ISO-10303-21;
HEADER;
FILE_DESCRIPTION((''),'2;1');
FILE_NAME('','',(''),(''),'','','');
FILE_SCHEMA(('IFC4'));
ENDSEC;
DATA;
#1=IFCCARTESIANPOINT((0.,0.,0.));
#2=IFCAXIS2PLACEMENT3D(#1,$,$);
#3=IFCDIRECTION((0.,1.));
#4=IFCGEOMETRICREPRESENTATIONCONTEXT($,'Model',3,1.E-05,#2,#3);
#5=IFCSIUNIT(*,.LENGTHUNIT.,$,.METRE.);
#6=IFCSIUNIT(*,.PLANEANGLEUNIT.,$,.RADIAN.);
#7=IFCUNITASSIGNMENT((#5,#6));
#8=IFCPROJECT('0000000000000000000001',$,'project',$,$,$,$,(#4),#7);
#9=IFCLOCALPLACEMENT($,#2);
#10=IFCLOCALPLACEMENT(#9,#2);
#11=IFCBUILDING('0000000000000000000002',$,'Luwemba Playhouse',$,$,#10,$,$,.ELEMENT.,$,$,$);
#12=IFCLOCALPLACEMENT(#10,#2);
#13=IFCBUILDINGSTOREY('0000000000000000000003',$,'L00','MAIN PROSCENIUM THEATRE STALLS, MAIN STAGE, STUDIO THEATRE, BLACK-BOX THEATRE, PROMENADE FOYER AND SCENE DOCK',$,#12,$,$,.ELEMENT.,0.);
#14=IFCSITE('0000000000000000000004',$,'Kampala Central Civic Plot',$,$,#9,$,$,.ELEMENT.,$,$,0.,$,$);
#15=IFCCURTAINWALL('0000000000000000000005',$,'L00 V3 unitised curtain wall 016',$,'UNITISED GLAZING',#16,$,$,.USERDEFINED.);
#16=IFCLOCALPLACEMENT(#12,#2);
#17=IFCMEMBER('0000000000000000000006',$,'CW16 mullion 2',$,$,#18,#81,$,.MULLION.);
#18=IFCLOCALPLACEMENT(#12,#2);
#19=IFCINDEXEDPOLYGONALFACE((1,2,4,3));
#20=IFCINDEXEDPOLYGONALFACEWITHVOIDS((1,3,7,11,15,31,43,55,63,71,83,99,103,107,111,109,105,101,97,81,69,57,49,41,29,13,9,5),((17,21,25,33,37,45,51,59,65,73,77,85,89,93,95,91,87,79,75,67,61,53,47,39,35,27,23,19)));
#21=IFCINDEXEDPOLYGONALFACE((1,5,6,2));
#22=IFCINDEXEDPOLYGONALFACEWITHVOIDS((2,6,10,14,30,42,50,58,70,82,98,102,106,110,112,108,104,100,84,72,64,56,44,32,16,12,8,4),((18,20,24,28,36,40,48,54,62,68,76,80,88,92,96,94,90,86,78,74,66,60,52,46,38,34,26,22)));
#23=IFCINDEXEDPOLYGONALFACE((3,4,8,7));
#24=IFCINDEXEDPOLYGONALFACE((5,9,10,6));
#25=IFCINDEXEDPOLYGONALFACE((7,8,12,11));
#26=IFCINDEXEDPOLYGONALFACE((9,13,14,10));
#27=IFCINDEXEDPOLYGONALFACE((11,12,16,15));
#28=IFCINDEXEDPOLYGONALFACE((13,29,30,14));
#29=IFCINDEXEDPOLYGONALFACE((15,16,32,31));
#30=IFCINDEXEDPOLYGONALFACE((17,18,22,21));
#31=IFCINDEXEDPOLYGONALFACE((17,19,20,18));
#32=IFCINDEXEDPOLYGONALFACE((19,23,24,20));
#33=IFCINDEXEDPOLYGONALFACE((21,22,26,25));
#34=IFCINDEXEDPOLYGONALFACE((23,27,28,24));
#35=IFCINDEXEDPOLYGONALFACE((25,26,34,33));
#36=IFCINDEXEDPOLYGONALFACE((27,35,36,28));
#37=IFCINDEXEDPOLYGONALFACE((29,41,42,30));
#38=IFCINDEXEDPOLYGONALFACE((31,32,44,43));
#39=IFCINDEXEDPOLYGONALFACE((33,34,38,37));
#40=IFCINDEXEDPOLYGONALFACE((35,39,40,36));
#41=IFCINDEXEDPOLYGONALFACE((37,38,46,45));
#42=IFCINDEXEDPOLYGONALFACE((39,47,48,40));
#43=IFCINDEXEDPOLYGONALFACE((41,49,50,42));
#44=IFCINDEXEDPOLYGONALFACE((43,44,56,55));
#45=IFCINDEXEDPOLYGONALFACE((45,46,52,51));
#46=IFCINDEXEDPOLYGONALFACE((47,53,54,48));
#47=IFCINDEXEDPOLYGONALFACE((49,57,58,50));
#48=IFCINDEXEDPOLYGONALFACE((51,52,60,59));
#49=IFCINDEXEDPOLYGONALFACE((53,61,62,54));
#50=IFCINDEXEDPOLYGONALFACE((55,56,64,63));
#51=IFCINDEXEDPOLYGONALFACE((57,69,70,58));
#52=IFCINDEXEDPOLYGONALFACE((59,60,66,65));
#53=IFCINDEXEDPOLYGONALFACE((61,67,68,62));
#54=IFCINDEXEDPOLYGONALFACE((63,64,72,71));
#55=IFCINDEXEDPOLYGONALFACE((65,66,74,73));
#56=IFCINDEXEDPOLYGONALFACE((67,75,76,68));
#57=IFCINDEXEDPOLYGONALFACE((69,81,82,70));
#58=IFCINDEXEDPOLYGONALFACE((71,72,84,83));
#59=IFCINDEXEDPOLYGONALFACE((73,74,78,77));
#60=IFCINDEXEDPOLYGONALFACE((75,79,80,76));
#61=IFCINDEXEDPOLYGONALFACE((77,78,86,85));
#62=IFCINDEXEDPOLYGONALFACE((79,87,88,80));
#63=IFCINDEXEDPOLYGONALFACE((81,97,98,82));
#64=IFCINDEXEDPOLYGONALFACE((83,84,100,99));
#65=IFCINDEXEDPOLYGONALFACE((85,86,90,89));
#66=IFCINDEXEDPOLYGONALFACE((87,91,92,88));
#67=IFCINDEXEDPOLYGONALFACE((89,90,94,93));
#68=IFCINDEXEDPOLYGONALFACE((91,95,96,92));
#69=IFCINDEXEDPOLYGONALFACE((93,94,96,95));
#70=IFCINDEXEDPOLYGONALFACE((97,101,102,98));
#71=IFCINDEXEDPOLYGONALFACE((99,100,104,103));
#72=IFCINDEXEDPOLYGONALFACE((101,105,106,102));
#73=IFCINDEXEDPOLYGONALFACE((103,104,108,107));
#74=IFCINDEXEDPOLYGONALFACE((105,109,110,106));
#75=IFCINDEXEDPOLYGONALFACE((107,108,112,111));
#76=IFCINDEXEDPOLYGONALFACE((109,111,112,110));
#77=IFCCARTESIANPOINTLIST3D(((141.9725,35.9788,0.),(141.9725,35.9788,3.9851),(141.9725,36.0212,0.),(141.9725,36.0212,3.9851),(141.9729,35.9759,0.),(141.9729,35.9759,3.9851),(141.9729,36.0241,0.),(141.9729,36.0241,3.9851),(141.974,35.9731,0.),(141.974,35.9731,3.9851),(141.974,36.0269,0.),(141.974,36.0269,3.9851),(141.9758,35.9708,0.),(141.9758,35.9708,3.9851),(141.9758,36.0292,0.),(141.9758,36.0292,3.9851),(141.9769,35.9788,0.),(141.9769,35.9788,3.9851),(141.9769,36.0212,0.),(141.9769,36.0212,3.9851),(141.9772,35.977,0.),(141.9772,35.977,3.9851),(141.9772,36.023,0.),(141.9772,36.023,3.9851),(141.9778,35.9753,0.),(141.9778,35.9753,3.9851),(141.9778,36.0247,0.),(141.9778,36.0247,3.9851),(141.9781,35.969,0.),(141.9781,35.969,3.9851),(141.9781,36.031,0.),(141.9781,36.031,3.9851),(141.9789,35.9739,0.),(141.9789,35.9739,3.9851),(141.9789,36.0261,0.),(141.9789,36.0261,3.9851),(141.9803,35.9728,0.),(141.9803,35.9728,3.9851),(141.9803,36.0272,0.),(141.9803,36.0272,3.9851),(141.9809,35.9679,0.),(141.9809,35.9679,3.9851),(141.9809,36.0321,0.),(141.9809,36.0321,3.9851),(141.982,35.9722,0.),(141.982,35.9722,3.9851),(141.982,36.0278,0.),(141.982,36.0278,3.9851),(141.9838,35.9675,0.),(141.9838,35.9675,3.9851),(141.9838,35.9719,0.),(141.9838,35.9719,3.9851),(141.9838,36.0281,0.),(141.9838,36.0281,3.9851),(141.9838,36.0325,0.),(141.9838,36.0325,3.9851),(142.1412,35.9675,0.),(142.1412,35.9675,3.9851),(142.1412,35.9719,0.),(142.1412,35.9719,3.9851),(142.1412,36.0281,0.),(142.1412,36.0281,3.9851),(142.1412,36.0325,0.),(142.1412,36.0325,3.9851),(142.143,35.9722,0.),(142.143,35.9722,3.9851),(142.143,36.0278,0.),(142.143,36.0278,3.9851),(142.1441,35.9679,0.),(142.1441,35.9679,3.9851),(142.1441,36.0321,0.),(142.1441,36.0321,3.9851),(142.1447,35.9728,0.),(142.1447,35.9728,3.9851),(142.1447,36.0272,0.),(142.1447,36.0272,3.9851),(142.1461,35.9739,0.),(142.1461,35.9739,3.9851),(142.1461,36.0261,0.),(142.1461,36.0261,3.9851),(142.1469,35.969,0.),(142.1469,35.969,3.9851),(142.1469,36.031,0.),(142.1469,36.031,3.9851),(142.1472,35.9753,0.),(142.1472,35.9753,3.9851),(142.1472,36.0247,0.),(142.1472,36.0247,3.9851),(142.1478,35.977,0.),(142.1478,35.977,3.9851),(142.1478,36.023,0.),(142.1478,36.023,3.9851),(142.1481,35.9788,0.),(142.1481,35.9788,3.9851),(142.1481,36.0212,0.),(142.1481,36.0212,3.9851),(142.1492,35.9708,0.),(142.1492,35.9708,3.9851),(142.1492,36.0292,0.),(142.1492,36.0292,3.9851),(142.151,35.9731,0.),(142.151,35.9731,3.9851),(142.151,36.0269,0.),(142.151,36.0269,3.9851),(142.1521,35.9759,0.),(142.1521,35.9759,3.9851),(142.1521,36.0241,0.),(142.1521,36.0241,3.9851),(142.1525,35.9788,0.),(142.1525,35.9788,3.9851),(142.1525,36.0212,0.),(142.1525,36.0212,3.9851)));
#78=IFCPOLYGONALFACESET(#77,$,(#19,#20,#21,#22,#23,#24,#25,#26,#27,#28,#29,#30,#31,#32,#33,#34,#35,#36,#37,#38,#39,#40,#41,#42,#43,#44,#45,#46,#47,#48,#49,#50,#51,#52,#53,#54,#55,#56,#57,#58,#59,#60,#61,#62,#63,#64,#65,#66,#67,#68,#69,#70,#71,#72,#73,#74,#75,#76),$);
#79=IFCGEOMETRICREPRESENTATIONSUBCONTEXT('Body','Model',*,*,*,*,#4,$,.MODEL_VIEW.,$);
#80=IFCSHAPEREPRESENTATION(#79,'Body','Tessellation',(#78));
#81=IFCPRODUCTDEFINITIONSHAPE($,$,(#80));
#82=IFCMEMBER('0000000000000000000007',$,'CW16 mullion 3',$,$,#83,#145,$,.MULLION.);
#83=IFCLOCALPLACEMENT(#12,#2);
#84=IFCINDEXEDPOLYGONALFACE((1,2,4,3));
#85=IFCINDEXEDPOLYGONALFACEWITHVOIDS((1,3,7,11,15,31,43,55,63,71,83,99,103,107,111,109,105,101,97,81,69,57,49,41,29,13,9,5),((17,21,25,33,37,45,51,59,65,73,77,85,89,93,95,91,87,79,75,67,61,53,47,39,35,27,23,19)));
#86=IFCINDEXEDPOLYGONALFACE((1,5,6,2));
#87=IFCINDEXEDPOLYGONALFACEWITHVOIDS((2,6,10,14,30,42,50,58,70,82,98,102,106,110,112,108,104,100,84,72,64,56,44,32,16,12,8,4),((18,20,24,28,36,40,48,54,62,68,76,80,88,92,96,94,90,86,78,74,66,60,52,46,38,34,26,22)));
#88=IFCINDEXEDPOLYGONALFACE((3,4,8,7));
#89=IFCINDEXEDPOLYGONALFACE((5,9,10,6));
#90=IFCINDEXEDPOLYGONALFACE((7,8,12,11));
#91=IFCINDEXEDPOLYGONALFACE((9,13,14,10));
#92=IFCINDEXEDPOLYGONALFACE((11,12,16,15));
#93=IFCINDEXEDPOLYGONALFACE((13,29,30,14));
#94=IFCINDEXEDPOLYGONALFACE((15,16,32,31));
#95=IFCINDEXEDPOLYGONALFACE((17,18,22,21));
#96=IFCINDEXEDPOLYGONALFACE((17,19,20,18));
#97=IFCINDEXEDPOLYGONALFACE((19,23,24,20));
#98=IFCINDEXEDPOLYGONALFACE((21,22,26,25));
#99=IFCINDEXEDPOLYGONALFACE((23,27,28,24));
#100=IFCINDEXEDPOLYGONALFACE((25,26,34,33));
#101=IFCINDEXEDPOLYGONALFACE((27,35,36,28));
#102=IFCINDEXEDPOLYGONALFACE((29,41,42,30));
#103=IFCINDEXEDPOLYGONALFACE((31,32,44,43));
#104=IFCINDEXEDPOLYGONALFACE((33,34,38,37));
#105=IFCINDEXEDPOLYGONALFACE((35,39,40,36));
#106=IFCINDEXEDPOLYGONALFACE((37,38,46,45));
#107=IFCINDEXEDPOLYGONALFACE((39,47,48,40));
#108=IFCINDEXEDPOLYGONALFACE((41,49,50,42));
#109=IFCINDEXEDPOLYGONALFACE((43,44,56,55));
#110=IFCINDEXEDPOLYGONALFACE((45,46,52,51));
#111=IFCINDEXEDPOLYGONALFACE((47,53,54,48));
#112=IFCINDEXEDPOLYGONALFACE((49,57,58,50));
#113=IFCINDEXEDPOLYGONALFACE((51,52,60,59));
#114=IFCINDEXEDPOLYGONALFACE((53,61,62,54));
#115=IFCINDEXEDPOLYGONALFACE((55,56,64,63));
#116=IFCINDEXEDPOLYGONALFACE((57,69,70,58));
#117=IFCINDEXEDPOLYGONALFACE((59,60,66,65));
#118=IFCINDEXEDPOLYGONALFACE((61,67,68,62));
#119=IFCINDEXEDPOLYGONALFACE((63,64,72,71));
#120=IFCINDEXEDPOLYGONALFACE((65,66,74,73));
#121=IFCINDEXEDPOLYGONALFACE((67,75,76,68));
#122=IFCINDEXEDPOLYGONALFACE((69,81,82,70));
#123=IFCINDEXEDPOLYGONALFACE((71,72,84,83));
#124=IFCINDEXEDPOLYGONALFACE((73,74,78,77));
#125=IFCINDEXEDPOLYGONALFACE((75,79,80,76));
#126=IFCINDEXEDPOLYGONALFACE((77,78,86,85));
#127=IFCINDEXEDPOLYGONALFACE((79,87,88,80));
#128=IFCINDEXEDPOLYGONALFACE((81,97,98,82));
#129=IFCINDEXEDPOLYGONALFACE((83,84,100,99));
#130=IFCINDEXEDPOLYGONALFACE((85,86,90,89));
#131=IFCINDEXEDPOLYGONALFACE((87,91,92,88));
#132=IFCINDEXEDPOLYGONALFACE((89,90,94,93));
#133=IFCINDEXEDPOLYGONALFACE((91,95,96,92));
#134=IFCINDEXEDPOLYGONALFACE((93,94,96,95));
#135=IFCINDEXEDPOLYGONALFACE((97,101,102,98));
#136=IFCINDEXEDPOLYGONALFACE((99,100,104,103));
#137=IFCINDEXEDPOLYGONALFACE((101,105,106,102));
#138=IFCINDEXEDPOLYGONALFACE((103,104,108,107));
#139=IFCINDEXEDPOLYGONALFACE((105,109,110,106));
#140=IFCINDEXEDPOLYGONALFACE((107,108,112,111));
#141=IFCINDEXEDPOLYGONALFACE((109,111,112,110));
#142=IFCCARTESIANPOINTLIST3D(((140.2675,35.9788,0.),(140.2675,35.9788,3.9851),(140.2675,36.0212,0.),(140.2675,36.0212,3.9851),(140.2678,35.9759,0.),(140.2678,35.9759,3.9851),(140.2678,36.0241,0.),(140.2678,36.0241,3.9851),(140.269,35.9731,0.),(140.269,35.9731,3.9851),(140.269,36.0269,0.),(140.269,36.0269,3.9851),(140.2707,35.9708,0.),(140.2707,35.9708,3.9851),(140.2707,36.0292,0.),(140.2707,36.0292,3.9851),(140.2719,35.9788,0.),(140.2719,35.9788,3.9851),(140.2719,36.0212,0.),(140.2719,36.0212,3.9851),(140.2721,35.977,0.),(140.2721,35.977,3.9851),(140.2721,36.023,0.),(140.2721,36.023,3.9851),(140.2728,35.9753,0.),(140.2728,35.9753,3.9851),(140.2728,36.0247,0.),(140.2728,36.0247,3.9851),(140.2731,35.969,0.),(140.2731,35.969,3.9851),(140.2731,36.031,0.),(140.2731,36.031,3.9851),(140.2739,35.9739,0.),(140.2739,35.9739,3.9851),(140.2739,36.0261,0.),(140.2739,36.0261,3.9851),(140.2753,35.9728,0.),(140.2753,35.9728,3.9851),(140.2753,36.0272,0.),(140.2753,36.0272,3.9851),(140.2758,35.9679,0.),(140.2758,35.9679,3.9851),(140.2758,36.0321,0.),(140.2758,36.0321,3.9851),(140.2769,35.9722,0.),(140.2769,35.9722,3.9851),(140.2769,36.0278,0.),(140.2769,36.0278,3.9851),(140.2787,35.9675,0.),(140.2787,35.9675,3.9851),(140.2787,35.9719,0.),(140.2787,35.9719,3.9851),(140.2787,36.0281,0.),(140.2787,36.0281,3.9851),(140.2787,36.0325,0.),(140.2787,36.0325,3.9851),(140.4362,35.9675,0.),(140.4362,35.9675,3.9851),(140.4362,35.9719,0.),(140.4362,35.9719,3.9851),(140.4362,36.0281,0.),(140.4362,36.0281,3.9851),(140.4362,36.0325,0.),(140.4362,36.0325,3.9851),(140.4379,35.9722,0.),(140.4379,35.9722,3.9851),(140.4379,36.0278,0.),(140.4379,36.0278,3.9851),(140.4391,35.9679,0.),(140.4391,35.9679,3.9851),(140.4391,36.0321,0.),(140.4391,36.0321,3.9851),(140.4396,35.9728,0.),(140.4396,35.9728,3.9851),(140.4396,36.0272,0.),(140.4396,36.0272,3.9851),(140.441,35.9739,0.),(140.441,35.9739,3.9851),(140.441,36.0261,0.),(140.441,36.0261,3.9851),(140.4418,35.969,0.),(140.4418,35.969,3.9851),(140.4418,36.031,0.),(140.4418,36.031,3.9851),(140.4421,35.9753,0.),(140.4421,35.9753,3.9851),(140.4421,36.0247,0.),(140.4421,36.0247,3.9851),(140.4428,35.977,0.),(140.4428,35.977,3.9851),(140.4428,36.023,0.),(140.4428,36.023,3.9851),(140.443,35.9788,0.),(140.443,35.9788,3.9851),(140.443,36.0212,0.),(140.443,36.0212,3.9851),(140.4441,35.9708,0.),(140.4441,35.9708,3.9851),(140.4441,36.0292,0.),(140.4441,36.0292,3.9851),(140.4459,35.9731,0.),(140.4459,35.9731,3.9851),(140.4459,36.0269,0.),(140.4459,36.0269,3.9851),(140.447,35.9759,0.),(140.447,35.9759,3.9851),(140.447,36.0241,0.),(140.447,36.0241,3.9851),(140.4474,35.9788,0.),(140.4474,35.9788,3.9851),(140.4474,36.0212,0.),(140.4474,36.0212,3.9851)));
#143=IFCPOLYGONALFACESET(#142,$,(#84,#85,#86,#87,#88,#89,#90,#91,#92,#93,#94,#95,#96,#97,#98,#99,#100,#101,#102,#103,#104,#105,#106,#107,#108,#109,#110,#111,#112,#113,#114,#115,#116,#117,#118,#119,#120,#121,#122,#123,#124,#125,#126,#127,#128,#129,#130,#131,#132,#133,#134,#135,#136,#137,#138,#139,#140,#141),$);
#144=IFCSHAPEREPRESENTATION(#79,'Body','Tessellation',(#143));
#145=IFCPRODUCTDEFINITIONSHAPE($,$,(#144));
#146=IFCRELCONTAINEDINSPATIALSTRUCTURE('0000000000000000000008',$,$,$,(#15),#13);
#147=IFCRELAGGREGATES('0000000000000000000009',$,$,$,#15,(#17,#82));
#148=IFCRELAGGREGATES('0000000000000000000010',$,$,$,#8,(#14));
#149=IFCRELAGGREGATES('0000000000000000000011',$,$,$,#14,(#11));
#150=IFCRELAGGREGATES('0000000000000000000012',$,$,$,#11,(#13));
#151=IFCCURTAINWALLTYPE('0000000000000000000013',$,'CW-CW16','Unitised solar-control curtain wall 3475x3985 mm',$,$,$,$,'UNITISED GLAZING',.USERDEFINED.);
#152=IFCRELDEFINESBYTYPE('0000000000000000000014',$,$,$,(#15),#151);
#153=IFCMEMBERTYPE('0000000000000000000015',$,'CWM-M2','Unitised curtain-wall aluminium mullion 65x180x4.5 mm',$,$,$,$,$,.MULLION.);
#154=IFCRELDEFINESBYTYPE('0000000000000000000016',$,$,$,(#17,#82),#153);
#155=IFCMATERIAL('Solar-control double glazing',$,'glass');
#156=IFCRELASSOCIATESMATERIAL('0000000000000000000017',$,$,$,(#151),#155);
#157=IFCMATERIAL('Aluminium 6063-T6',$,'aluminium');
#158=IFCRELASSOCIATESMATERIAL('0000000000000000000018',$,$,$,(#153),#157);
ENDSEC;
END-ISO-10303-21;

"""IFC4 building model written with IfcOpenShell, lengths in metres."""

from ifc_helpers import new_model, si_unit, direction, frame, origin, origin_2d, place, context, subcontext, project, spatial, hollow_rectangle, extrude, material, material_profile, profile_set, type_object, element, aggregate, save


model = new_model("IFC4")

# Units and contexts
model_context = context("Model", 3, precision=1e-05, world=origin(), true_north=direction((0.0, 1.0)))
body_context = subcontext(model_context, "Body", "Model", "MODEL_VIEW")
ifc_project = project(units=[si_unit("LENGTHUNIT", "METRE"), si_unit("PLANEANGLEUNIT", "RADIAN")], contexts=[model_context])

# Site, building, storey
site_placement = place(None, origin())
site = spatial("IfcSite", under=ifc_project, at=site_placement, Name="Kampala Central Civic Plot", CompositionType="ELEMENT", RefElevation=0.0)
building_placement = place(site_placement, origin())
building = spatial("IfcBuilding", under=site, at=building_placement, Name="Luwemba Playhouse", CompositionType="ELEMENT")
storey_placement = place(building_placement, origin())
storey = spatial("IfcBuildingStorey", under=building, at=storey_placement, Name="L00", Description="MAIN PROSCENIUM THEATRE STALLS, MAIN STAGE, STUDIO THEATRE, BLACK-BOX THEATRE, PROMENADE FOYER AND SCENE DOCK", CompositionType="ELEMENT", Elevation=0.0)

# Curtain wall, members
ifc_material_1 = material(Name="Solar-control double glazing", Category="glass")
curtain_wall_type_1 = type_object("IfcCurtainWallType", Name="CW-CW16", Description="Unitised solar-control curtain wall 3475x3985 mm", ElementType="UNITISED GLAZING", PredefinedType="USERDEFINED", material=ifc_material_1)
curtain_wall_1_placement = place(storey_placement, origin())
curtain_wall_1 = element("IfcCurtainWall", 1, at=curtain_wall_1_placement, inside=storey, type_object=curtain_wall_type_1, Name="L00 V3 unitised curtain wall 016", ObjectType="UNITISED GLAZING", PredefinedType="USERDEFINED")
ifc_material_2 = material(Name="Aluminium 6063-T6", Category="aluminium")
ifc_material_profile_1 = material_profile(ifc_material_2, hollow_rectangle(XDim=0.0649, YDim=0.1799, WallThickness=0.0044, InnerFilletRadius=0.0068, OuterFilletRadius=0.0112, at=origin_2d()))
ifc_profile_set_1 = profile_set([ifc_material_profile_1], Name="Aluminium 6063-T6")
member_type_1 = type_object("IfcMemberType", Name="CWM-M2", Description="Unitised curtain-wall aluminium mullion 65x180x4.5 mm", PredefinedType="MULLION", material=ifc_profile_set_1)
member_1_placement = place(storey_placement, frame((142.0625, 36.0, 0.0), z_axis=(0.0, 0.0, 1.0), x_axis=(0.0, -1.0, 0.0)))
member_1 = element("IfcMember", 2, at=member_1_placement, type_object=member_type_1, Name="CW16 mullion 2", PredefinedType="MULLION", context=body_context, shape_type="SweptSolid", body=[
    extrude(hollow_rectangle(XDim=0.0649, YDim=0.1799, WallThickness=0.0044, InnerFilletRadius=0.0068, OuterFilletRadius=0.0112, at=origin_2d()), origin(), (0.0, 0.0, 1.0), 3.9851),
])
member_2_placement = place(storey_placement, frame((140.3574, 36.0, 0.0), z_axis=(0.0, 0.0, 1.0), x_axis=(0.0, -1.0, 0.0)))
member_2 = element("IfcMember", 3, at=member_2_placement, type_object=member_type_1, Name="CW16 mullion 3", PredefinedType="MULLION", context=body_context, shape_type="SweptSolid", body=[
    extrude(hollow_rectangle(XDim=0.0649, YDim=0.1799, WallThickness=0.0044, InnerFilletRadius=0.0068, OuterFilletRadius=0.0112, at=origin_2d()), origin(), (0.0, 0.0, 1.0), 3.9851),
])

aggregate(curtain_wall_1, [member_1, member_2])

save(model, "model.ifc")
